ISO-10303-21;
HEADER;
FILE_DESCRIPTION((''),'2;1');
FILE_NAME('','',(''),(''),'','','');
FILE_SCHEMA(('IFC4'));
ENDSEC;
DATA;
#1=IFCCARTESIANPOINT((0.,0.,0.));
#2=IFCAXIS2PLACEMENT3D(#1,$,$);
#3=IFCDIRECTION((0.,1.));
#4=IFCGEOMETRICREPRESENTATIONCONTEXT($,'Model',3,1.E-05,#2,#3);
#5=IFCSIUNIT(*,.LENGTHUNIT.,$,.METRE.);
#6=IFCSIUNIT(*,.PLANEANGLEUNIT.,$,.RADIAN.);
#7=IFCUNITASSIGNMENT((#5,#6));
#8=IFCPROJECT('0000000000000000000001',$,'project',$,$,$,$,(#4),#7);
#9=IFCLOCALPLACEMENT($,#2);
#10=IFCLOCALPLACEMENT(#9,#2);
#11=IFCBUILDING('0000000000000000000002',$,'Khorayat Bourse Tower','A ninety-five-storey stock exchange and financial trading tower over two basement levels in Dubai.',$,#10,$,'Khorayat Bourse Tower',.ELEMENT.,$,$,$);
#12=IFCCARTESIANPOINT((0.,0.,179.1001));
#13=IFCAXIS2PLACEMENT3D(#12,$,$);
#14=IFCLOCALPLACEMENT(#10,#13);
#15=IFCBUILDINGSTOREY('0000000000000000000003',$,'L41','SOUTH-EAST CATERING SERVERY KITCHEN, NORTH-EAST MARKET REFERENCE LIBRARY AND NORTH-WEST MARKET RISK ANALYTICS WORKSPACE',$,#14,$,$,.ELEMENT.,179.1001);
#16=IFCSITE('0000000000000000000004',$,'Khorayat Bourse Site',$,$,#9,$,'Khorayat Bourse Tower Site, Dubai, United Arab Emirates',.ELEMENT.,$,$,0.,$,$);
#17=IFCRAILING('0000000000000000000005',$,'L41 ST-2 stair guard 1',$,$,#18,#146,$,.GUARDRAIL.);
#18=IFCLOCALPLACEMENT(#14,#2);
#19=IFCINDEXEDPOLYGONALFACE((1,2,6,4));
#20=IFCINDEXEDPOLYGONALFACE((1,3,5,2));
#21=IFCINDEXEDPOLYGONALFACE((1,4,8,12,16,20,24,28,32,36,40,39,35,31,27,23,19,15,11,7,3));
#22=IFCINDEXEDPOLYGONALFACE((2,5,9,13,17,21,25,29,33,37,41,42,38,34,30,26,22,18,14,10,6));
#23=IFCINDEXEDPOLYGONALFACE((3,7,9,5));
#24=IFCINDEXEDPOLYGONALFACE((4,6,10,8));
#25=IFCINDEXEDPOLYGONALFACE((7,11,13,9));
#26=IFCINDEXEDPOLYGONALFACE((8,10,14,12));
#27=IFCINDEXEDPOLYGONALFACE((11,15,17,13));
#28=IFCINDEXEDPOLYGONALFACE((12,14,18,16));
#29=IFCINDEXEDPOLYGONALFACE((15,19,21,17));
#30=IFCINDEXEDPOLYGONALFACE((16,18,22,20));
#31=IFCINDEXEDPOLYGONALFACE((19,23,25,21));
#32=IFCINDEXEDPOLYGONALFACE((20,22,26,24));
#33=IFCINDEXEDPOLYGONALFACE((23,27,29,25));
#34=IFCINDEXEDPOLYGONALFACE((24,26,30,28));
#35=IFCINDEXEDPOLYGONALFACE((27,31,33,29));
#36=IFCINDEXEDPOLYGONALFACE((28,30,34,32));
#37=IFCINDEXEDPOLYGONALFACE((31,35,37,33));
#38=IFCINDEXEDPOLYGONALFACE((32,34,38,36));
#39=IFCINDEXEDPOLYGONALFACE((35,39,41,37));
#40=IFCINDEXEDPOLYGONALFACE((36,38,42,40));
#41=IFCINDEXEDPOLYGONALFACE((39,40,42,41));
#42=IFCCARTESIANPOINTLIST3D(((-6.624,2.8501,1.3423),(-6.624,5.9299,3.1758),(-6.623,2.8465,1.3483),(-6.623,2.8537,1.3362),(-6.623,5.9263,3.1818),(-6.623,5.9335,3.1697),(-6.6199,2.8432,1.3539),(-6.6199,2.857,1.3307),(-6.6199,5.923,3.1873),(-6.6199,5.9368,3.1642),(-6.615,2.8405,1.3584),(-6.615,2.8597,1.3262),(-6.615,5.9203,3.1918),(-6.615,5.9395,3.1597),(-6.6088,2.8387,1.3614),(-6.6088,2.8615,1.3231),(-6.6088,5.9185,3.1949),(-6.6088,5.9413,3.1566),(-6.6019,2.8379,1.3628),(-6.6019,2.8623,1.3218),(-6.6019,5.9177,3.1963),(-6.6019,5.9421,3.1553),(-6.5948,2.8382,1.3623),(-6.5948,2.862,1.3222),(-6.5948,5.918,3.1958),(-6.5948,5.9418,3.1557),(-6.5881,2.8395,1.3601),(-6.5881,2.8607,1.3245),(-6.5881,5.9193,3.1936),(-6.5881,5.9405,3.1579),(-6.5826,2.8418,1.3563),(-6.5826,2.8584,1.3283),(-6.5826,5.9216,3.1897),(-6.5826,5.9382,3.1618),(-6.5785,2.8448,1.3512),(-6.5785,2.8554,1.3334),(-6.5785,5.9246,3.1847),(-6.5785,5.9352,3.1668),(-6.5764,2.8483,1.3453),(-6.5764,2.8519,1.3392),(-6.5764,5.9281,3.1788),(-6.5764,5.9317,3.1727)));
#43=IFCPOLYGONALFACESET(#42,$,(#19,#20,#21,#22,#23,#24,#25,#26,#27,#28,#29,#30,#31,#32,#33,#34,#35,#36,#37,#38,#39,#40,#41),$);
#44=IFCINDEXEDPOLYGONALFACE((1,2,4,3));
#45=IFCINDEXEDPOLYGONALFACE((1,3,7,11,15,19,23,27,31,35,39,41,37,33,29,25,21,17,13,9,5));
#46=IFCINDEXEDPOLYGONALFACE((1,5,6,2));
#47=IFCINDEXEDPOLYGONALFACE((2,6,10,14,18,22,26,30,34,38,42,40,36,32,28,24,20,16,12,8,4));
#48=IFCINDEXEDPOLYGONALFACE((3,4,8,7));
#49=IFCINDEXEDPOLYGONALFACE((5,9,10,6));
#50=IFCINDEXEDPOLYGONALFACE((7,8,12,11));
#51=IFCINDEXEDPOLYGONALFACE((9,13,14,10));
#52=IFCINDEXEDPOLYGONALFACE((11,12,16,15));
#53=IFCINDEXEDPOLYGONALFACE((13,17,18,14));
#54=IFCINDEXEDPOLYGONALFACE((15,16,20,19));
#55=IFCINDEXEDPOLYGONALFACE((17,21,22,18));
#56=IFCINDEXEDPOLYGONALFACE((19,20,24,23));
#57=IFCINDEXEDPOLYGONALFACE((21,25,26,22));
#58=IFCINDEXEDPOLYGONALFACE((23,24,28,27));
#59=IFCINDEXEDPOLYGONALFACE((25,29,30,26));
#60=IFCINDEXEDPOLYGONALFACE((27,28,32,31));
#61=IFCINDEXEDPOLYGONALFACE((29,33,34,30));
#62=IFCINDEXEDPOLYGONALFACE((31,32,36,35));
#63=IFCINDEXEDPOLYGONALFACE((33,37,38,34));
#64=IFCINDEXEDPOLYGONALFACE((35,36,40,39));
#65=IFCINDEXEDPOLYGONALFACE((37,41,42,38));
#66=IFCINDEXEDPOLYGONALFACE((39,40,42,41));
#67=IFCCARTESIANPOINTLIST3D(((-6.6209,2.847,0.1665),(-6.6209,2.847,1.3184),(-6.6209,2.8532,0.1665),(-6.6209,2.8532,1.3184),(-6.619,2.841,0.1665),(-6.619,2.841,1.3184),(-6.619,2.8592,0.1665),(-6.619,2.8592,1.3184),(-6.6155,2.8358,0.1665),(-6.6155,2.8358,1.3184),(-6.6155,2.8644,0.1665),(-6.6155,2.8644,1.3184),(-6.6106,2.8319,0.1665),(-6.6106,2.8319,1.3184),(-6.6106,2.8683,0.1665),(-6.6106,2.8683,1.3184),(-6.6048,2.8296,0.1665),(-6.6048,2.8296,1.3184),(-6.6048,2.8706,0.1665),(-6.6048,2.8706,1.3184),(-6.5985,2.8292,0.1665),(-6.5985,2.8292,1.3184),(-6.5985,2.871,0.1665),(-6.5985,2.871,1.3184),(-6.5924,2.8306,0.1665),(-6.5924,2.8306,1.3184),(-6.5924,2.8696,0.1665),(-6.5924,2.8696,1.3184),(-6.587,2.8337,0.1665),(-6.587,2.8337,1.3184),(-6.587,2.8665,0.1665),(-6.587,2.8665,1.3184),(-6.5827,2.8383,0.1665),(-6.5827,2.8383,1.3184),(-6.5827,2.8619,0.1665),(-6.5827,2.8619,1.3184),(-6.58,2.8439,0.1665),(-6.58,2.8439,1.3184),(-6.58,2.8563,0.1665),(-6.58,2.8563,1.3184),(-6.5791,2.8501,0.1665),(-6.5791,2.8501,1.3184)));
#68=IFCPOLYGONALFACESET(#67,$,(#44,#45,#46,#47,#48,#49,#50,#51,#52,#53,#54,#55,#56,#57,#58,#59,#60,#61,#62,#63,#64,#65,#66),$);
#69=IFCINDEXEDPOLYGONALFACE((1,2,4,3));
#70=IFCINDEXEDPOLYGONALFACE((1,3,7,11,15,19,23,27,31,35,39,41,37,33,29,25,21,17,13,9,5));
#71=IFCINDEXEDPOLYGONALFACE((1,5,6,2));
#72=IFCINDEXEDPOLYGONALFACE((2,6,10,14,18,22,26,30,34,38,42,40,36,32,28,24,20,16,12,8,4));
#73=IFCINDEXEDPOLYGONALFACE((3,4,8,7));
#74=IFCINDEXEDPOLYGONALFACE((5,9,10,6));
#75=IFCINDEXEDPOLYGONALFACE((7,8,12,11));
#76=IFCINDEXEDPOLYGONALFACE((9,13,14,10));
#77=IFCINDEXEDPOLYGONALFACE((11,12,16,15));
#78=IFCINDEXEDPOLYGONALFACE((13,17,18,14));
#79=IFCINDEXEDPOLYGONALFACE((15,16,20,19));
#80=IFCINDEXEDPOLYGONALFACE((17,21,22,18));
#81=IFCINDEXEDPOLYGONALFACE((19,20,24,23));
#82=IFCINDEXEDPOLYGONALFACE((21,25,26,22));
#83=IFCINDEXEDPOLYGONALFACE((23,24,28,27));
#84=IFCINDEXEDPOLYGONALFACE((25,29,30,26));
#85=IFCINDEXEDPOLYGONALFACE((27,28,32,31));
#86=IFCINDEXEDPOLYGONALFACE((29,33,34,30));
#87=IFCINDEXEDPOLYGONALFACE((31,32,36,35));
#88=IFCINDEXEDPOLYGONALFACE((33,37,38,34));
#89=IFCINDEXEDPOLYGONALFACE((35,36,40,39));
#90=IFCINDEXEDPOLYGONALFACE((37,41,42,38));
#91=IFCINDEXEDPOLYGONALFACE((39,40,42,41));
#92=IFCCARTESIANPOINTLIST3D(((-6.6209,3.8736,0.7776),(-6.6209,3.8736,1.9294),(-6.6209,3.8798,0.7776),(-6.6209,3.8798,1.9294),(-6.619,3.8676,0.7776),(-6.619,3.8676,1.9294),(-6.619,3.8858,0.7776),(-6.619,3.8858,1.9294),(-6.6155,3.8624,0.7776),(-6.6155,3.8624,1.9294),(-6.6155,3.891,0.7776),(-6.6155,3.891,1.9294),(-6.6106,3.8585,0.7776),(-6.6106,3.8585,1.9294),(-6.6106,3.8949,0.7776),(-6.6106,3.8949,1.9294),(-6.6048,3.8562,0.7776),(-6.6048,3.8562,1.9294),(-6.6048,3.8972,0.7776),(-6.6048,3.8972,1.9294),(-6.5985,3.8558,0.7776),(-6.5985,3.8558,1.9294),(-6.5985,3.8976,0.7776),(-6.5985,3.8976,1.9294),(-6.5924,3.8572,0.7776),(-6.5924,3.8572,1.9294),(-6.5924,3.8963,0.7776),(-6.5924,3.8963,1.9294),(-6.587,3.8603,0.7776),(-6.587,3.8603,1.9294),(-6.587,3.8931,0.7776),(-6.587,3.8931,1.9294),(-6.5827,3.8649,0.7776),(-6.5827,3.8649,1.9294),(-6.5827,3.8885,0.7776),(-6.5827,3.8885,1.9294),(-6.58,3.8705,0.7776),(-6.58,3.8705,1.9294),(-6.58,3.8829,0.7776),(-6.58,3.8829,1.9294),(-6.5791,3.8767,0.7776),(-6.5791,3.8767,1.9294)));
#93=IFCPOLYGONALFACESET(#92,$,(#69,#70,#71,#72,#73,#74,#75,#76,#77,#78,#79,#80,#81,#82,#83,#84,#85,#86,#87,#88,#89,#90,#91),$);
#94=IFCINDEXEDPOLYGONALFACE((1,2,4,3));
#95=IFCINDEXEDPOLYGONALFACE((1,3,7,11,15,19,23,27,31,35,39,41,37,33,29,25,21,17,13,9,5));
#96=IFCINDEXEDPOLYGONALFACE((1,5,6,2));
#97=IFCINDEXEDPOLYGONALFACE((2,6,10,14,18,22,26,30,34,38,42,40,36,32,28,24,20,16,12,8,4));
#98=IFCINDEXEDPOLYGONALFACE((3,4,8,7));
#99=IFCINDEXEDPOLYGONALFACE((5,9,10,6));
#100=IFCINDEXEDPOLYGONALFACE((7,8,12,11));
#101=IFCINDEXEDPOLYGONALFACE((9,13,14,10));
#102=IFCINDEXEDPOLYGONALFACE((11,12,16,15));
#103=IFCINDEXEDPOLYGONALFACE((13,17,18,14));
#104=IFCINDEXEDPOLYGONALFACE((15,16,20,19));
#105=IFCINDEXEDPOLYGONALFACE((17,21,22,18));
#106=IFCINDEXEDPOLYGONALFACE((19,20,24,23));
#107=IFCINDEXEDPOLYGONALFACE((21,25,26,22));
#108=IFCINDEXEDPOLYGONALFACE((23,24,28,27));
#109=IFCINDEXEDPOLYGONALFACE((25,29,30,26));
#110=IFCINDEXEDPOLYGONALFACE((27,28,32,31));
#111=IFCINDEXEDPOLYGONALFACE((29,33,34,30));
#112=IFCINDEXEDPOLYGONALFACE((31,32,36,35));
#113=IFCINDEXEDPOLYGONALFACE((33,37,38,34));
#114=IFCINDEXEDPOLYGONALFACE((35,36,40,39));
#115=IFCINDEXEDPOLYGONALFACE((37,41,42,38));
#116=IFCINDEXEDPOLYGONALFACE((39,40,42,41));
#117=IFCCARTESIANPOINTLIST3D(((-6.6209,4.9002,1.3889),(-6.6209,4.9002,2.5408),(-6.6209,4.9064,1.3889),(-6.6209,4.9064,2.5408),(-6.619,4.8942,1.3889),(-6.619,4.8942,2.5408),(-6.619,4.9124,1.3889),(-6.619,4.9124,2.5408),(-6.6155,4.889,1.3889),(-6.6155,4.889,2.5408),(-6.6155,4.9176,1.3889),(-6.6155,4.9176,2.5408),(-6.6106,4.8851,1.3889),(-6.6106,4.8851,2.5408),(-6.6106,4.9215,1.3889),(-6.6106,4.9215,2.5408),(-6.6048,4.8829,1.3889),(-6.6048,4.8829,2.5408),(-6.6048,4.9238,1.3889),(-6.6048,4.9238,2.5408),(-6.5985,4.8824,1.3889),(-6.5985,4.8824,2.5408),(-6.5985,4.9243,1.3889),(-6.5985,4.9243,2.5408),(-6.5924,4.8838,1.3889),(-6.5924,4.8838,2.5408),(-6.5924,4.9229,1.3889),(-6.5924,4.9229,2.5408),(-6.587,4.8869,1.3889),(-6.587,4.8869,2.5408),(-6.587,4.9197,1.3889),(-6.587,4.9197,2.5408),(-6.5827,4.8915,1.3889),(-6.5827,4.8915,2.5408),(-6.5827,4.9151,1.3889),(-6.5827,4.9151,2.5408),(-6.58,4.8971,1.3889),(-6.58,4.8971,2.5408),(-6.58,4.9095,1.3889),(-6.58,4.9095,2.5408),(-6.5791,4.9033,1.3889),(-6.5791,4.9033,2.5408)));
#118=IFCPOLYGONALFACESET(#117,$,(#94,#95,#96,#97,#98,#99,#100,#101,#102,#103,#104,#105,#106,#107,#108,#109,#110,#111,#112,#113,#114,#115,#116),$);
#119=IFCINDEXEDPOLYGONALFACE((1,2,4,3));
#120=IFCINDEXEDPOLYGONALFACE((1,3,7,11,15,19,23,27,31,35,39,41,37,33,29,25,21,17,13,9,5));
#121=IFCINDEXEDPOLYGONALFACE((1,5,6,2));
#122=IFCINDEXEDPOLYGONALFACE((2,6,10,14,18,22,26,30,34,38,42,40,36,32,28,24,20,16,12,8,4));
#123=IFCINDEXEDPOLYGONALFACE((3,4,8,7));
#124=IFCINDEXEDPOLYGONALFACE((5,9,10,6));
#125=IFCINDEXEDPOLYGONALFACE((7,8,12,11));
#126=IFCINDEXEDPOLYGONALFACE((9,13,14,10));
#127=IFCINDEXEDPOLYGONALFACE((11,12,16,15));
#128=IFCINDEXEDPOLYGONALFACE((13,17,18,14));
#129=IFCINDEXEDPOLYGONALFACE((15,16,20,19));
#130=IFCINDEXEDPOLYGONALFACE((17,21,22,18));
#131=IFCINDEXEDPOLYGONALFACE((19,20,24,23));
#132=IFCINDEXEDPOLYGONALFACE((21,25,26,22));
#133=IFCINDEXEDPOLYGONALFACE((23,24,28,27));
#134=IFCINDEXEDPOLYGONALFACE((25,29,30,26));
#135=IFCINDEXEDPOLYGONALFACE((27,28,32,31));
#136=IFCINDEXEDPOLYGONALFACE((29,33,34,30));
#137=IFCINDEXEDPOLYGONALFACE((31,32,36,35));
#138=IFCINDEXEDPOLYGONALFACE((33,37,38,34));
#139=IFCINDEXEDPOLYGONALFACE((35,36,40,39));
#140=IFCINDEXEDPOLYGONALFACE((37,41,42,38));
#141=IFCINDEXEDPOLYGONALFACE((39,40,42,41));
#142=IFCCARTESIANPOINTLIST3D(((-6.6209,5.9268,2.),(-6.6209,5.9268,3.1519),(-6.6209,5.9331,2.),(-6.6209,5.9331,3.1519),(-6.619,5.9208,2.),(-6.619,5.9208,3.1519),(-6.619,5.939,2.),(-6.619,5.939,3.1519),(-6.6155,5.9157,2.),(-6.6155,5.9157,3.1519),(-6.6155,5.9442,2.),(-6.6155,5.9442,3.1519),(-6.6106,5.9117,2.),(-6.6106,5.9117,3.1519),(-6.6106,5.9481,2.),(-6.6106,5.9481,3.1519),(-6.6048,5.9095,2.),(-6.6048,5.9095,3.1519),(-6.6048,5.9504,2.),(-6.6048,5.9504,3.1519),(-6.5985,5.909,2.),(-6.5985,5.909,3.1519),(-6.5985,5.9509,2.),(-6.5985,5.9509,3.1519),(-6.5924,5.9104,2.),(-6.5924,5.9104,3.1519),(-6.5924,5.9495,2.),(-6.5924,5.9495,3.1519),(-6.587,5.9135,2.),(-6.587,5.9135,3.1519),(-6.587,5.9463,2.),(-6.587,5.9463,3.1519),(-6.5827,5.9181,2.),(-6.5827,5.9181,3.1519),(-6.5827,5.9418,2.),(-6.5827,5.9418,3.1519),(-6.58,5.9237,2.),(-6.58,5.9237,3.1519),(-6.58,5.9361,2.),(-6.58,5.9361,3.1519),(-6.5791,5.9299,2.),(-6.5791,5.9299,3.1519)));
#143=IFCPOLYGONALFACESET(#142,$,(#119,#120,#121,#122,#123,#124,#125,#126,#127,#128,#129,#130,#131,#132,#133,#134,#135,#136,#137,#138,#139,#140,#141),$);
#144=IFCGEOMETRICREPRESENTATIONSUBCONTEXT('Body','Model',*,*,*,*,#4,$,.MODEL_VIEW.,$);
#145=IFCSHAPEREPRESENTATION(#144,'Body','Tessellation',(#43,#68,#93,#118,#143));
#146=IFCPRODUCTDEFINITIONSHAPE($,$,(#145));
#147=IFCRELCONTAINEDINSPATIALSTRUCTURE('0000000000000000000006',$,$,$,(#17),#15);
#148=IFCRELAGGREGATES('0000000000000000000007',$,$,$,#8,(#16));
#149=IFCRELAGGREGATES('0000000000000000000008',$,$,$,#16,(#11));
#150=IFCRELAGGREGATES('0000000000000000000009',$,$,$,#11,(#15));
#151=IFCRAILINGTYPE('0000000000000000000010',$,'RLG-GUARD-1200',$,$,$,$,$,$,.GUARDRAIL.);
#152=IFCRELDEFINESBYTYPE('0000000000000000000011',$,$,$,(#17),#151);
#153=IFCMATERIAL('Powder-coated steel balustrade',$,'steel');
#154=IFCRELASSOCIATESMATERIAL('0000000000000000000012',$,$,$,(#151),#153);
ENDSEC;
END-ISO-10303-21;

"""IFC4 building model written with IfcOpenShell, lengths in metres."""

from ifc_helpers import new_model, si_unit, direction, frame, origin, origin_2d, place, context, subcontext, project, spatial, circle, extrude, source, transform, mapped, material, type_object, element, save


model = new_model("IFC4")

# Units and contexts
model_context = context("Model", 3, precision=1e-05, world=origin(), true_north=direction((0.0, 1.0)))
body_context = subcontext(model_context, "Body", "Model", "MODEL_VIEW")
ifc_project = project(units=[si_unit("LENGTHUNIT", "METRE"), si_unit("PLANEANGLEUNIT", "RADIAN")], contexts=[model_context])

# Site, building, storey
site_placement = place(None, origin())
site = spatial("IfcSite", under=ifc_project, at=site_placement, Name="Khorayat Bourse Site", LongName="Khorayat Bourse Tower Site, Dubai, United Arab Emirates", CompositionType="ELEMENT", RefElevation=0.0)
building_placement = place(site_placement, origin())
building = spatial("IfcBuilding", under=site, at=building_placement, Name="Khorayat Bourse Tower", Description="A ninety-five-storey stock exchange and financial trading tower over two basement levels in Dubai.", LongName="Khorayat Bourse Tower", CompositionType="ELEMENT")
storey_placement = place(building_placement, frame((0.0, 0.0, 179.1001)))
storey = spatial("IfcBuildingStorey", under=building, at=storey_placement, Name="L41", Description="SOUTH-EAST CATERING SERVERY KITCHEN, NORTH-EAST MARKET REFERENCE LIBRARY AND NORTH-WEST MARKET RISK ANALYTICS WORKSPACE", CompositionType="ELEMENT", Elevation=179.1001)

# Railing
ifc_material_1 = material(Name="Powder-coated steel balustrade", Category="steel")
railing_type_1 = type_object("IfcRailingType", Name="RLG-GUARD-1200", PredefinedType="GUARDRAIL", material=ifc_material_1)
shared_shape_1 = source(origin(), body_context, "Body", "SweptSolid", [
    extrude(circle(Radius=0.0239, at=origin_2d()), frame((0.0, 0.0, 1.1758), z_axis=(0.0, 0.859261, 0.511538), x_axis=(-1.0, 0.0, 0.0)), (0.0, 0.0, 1.0), 3.5842),
    extrude(circle(Radius=0.021, at=origin_2d()), origin(), (0.0, 0.0, 1.0), 1.1519),
    extrude(circle(Radius=0.021, at=origin_2d()), frame((0.0, 1.0266, 0.6111)), (0.0, 0.0, 1.0), 1.1519),
    extrude(circle(Radius=0.021, at=origin_2d()), frame((0.0, 2.0532, 1.2224)), (0.0, 0.0, 1.0), 1.1519),
    extrude(circle(Radius=0.021, at=origin_2d()), frame((0.0, 3.0798, 1.8335)), (0.0, 0.0, 1.0), 1.1519),
])
railing_1_placement = place(storey_placement, frame((-6.6001, 2.8501, 0.1665)))
element("IfcRailing", 1, at=railing_1_placement, inside=storey, type_object=railing_type_1, Name="L41 ST-2 stair guard 1", PredefinedType="GUARDRAIL", context=body_context, shape_type="MappedRepresentation", body=[
    mapped(shared_shape_1, transform((0.0, 0.0, 0.0), scale=1.0)),
])

save(model, "model.ifc")
